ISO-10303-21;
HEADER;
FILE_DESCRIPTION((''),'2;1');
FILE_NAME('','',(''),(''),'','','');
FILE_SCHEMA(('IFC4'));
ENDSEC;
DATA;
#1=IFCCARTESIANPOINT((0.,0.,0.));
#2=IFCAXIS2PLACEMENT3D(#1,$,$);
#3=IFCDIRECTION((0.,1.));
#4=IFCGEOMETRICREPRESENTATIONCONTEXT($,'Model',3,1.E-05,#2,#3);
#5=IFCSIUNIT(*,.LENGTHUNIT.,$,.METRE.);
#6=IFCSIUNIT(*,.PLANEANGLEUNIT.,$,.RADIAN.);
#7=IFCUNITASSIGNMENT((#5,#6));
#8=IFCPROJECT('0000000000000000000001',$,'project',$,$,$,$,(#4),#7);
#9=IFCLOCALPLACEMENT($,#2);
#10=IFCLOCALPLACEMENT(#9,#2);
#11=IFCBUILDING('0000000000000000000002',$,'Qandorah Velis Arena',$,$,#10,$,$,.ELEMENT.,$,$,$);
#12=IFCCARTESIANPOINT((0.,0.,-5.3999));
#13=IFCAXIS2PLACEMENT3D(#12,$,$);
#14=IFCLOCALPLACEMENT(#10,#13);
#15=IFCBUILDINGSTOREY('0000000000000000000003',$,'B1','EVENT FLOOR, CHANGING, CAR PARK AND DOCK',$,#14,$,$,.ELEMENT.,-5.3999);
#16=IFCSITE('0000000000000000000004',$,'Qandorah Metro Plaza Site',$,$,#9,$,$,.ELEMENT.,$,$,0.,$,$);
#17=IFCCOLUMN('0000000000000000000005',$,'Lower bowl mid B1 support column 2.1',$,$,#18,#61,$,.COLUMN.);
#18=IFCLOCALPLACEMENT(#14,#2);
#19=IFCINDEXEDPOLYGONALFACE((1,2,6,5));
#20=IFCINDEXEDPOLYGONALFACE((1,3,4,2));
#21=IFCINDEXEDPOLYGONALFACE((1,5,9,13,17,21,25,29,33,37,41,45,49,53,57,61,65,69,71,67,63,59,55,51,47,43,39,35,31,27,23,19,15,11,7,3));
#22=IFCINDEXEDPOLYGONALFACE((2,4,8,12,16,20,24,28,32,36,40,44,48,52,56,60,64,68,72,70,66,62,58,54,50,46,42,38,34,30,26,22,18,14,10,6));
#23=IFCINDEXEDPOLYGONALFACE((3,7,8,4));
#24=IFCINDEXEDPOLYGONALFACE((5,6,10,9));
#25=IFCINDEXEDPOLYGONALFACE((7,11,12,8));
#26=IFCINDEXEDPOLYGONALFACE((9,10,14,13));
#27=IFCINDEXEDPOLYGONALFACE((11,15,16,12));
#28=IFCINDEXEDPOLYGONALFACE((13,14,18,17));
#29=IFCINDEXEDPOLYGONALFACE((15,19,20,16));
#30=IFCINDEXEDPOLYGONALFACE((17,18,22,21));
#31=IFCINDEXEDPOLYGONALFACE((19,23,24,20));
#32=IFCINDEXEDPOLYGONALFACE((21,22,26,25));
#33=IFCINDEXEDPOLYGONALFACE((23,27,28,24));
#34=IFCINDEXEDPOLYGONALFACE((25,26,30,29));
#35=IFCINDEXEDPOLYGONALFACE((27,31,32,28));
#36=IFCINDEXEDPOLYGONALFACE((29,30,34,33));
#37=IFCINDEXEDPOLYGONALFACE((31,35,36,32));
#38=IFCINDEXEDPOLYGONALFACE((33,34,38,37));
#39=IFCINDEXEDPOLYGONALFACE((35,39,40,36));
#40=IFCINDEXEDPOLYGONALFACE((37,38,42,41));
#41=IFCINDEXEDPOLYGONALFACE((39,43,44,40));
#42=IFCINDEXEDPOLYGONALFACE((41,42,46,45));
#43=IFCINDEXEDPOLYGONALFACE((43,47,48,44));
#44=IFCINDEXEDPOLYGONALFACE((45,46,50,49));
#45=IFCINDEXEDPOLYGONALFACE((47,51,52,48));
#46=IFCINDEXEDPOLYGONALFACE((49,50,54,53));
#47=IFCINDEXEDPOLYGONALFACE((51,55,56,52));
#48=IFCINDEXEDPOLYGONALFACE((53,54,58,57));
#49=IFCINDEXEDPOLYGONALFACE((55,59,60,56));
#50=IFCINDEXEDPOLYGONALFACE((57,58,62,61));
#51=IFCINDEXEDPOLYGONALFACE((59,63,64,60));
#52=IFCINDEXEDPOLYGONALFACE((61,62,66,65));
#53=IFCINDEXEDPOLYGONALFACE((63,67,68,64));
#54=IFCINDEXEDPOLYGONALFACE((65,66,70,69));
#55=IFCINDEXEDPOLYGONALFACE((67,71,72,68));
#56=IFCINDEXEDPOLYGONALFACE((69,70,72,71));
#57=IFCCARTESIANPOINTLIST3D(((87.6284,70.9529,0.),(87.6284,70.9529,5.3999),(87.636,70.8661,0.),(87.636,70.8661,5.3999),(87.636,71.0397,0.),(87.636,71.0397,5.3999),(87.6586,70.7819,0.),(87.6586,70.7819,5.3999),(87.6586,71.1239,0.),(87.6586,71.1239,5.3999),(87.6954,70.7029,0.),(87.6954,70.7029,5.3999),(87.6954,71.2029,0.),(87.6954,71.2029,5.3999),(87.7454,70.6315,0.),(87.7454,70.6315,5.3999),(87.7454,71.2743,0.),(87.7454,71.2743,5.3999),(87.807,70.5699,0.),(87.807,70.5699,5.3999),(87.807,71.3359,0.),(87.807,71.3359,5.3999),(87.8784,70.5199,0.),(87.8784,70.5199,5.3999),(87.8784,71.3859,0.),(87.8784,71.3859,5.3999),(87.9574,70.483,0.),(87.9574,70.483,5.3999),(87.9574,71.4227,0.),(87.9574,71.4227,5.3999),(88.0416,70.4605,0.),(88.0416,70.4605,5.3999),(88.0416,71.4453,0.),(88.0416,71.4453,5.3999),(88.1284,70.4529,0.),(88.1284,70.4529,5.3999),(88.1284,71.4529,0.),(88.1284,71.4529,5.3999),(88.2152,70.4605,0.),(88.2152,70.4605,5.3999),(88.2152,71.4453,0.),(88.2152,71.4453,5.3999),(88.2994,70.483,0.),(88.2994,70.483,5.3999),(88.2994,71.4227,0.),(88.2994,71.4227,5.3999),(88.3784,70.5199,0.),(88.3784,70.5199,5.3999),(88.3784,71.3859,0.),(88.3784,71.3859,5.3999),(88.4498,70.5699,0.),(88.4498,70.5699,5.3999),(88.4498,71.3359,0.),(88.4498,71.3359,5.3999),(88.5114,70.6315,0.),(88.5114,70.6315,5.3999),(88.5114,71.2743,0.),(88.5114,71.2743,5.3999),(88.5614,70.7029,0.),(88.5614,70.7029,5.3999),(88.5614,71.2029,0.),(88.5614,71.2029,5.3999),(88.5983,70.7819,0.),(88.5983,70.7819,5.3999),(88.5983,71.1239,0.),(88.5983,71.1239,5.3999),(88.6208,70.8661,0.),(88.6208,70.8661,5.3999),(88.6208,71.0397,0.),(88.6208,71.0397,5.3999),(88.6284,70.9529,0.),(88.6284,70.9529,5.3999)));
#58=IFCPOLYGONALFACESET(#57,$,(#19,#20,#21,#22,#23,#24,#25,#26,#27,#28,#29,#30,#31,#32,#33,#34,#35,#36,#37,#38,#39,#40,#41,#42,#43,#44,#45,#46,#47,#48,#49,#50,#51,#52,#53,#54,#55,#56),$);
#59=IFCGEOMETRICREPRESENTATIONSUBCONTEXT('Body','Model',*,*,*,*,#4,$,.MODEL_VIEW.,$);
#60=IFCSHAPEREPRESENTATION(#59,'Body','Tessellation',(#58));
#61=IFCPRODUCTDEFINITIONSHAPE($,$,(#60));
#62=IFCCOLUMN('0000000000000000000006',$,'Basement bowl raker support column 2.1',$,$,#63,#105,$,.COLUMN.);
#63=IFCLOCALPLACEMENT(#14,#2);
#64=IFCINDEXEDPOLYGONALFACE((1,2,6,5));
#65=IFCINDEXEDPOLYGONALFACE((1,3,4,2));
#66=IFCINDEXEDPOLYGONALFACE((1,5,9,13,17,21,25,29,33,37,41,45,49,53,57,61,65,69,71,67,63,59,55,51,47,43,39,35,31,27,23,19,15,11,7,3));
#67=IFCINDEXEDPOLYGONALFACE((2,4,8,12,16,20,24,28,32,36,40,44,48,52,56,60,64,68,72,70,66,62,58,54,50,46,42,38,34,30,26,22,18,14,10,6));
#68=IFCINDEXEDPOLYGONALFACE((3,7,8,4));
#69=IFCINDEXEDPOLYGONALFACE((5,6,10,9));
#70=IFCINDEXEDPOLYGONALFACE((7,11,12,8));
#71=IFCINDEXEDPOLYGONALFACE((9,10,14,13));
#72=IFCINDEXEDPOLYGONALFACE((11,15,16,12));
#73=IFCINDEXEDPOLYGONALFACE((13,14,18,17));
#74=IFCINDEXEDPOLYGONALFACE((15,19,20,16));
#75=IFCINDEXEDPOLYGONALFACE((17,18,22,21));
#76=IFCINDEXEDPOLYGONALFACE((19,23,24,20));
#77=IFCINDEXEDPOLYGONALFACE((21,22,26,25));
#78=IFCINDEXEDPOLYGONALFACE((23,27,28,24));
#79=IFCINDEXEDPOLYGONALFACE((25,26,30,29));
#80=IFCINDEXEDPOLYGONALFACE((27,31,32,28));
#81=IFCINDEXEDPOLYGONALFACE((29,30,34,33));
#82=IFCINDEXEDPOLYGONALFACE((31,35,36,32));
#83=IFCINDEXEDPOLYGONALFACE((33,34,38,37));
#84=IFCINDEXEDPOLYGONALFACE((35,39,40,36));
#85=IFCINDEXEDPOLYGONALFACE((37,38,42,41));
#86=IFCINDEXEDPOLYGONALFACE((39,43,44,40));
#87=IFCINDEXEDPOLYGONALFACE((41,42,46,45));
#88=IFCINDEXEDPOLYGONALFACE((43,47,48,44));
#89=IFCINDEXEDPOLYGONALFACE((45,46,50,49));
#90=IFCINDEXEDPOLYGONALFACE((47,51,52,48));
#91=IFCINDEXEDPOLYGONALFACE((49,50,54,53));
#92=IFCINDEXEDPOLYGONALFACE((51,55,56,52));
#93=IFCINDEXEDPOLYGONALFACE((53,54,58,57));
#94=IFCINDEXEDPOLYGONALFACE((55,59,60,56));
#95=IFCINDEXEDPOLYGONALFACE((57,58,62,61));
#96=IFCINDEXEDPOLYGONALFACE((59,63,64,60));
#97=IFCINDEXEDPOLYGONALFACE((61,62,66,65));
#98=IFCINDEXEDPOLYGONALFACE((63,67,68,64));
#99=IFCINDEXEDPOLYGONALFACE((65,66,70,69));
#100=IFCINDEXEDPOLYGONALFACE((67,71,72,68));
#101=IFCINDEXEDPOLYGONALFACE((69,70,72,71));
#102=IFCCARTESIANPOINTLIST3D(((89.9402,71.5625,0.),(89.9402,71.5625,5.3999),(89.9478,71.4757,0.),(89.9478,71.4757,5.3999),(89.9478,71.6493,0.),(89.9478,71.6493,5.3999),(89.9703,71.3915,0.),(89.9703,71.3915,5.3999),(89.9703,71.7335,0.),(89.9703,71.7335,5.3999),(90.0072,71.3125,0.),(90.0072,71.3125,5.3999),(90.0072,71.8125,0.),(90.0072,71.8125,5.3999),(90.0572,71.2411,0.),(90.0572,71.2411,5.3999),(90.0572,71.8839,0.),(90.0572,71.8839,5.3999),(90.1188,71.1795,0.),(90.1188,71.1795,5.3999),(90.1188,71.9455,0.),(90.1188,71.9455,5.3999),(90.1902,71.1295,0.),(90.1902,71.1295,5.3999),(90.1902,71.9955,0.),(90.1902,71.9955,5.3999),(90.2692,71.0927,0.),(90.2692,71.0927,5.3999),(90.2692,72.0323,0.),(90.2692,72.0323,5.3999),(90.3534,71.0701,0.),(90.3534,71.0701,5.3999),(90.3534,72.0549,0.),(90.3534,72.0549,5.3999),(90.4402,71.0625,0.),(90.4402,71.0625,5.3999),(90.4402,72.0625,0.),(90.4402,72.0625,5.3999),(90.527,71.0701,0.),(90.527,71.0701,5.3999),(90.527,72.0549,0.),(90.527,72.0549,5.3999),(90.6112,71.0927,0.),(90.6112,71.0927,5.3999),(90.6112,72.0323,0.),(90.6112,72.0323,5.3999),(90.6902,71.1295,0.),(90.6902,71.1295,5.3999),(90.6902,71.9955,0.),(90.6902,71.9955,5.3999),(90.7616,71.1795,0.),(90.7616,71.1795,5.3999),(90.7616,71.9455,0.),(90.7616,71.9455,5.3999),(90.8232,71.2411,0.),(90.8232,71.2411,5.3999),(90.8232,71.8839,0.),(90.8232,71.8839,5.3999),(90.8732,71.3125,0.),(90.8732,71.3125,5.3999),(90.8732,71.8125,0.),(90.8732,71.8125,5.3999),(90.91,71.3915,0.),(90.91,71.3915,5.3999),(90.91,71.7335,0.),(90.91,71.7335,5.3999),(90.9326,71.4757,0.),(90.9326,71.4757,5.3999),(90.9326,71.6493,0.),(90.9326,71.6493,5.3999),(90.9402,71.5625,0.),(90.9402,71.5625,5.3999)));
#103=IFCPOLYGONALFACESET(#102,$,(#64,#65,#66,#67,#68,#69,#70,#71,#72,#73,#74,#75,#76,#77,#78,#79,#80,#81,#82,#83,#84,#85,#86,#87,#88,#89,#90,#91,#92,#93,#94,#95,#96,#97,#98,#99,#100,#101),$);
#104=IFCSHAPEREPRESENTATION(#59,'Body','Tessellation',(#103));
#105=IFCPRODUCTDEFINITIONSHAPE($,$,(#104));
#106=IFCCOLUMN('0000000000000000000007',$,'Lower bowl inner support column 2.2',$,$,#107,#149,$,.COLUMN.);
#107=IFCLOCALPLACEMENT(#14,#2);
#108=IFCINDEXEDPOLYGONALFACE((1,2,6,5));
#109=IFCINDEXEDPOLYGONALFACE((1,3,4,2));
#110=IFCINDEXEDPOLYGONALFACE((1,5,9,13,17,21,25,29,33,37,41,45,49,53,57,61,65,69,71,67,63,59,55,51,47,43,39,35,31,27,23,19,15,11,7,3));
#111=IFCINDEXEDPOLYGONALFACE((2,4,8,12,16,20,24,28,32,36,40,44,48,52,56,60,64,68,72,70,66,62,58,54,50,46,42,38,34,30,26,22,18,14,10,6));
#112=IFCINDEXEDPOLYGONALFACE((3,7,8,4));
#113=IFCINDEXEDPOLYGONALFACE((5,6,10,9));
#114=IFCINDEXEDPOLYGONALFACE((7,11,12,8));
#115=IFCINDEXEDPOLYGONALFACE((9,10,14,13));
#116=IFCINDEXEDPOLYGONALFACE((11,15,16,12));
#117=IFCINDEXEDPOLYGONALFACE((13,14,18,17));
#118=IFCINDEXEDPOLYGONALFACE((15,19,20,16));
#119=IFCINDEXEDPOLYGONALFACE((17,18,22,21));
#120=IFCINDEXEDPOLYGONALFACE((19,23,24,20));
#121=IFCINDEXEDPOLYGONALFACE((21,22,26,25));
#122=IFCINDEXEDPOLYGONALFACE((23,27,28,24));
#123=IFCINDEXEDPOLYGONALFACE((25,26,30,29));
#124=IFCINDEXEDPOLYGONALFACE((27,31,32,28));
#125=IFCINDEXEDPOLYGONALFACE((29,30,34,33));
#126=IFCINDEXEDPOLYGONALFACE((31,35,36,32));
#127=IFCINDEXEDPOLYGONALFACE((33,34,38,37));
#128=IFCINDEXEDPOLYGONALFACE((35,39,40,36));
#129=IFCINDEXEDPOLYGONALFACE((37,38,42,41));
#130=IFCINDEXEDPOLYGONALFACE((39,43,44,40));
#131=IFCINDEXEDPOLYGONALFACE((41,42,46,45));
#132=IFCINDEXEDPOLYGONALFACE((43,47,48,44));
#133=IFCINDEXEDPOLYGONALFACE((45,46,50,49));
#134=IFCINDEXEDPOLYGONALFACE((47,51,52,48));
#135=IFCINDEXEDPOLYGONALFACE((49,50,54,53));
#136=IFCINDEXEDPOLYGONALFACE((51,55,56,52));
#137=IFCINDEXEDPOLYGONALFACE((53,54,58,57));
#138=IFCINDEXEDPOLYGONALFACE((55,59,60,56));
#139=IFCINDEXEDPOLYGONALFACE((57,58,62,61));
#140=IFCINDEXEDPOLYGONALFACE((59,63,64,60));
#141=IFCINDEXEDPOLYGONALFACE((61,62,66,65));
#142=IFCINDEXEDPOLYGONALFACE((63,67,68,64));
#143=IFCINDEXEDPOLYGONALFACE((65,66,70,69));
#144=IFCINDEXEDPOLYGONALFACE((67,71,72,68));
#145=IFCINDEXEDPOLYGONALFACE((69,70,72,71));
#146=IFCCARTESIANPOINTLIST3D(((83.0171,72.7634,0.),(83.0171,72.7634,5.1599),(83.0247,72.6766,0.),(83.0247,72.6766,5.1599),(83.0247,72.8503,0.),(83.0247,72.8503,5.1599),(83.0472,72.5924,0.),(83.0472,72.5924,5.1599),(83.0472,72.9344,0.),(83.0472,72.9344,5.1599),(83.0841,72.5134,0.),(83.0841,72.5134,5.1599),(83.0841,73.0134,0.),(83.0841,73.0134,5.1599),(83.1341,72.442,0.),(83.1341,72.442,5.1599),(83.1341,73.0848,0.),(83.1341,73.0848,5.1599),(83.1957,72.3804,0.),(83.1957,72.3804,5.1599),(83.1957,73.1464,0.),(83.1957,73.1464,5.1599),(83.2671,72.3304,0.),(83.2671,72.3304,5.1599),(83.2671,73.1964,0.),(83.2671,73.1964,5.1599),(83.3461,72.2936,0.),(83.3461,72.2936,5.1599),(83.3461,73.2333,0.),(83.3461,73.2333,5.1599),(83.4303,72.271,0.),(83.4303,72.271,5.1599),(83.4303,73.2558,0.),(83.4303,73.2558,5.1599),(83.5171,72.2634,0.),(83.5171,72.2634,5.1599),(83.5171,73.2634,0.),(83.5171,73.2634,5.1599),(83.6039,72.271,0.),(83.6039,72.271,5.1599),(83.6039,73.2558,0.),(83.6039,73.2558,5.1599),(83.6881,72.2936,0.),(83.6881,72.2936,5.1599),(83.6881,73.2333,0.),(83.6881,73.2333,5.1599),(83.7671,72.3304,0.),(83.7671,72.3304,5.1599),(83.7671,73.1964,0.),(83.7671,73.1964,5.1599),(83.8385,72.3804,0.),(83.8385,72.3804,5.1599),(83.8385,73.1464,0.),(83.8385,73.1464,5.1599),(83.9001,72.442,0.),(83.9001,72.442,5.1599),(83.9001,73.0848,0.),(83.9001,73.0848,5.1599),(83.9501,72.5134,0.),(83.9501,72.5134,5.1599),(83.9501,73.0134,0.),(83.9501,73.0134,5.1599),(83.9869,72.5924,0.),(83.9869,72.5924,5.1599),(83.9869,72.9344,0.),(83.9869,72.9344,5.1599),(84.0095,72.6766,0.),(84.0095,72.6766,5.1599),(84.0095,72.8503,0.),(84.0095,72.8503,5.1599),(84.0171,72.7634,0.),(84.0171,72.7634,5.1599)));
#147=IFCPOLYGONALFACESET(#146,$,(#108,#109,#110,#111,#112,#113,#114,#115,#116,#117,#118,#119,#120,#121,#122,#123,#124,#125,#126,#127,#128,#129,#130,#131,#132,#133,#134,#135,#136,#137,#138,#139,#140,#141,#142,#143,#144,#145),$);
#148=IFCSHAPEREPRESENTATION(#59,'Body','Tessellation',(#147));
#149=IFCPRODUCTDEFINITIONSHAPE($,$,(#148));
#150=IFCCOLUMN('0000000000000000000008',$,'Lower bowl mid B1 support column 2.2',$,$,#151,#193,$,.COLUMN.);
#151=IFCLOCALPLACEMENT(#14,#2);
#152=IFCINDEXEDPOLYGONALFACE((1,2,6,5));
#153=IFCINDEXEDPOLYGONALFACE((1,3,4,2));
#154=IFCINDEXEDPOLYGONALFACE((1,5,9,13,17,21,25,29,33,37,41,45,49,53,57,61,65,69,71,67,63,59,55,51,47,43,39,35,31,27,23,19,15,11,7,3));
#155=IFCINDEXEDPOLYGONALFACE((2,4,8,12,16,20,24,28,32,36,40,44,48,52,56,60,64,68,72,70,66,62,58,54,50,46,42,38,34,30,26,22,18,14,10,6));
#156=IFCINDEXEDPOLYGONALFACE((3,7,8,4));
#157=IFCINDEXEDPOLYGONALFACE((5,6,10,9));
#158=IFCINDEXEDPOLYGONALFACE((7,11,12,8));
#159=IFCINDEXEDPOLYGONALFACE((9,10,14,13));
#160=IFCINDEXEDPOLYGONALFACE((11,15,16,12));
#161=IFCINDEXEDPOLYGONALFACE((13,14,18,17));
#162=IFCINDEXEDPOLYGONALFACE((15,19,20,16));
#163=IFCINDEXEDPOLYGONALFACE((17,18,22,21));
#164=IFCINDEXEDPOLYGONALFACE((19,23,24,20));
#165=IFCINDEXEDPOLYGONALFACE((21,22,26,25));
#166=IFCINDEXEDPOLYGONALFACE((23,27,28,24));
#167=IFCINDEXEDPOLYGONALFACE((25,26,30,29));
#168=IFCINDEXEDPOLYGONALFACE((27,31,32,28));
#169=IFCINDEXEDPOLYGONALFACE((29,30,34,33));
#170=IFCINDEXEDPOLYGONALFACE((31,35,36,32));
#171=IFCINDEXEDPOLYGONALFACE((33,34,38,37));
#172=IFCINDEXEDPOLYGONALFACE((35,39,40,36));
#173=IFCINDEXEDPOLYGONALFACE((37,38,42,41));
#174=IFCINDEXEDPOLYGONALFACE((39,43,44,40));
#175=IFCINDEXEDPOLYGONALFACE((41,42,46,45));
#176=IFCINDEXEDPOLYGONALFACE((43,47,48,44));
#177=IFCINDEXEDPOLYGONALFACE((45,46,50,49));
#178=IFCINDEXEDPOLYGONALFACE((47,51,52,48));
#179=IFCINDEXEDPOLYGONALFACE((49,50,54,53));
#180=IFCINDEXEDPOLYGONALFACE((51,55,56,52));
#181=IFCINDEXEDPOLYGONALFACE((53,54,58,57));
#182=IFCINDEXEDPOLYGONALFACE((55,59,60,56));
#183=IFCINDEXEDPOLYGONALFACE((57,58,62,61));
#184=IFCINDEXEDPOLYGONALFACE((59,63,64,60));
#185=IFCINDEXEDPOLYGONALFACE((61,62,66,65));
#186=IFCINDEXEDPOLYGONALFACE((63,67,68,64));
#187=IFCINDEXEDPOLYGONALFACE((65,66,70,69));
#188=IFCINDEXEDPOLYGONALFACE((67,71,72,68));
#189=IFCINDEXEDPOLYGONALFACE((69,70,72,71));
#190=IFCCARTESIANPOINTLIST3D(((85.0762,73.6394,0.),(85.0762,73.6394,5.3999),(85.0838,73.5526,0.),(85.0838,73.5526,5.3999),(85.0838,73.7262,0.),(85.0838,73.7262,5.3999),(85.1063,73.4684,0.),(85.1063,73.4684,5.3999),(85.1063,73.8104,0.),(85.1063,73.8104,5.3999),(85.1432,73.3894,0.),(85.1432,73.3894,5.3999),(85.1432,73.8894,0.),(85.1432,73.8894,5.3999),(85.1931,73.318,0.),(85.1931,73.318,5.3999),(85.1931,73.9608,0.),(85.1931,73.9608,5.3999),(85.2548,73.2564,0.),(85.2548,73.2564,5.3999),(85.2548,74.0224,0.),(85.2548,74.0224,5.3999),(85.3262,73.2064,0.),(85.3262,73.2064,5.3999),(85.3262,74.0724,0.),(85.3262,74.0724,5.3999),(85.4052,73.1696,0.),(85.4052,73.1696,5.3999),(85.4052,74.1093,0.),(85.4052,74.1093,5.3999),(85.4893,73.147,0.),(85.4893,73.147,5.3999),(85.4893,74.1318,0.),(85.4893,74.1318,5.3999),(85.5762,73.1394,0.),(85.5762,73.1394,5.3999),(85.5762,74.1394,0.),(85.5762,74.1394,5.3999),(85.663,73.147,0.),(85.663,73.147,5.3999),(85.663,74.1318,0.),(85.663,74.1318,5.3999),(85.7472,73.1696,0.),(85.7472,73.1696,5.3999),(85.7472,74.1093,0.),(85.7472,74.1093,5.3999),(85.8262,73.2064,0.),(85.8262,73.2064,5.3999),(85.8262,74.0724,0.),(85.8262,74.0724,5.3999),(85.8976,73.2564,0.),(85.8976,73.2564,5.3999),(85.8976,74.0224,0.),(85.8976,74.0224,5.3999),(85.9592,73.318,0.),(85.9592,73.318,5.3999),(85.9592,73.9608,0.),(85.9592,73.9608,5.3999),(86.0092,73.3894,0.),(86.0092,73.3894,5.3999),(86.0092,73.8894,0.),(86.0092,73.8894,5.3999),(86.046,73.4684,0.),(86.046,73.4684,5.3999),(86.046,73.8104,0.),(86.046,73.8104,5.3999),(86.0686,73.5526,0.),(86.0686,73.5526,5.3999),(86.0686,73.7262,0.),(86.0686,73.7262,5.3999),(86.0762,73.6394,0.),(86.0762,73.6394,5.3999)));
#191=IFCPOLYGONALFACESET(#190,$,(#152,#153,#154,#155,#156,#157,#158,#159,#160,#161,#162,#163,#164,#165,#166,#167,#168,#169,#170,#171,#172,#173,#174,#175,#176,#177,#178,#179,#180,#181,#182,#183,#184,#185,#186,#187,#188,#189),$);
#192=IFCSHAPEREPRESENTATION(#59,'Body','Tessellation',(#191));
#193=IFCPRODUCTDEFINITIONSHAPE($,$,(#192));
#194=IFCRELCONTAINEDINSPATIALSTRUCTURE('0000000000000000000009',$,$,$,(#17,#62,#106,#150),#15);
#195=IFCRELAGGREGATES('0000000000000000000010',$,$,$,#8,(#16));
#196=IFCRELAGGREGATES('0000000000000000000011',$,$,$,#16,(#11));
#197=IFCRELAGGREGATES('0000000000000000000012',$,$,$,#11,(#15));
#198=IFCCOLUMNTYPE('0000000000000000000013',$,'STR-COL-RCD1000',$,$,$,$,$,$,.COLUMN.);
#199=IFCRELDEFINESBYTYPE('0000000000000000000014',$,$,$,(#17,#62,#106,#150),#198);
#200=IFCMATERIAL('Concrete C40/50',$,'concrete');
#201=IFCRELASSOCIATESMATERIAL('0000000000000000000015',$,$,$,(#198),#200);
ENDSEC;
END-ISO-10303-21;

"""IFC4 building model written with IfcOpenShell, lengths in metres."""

from ifc_helpers import new_model, si_unit, direction, frame, origin, origin_2d, place, context, subcontext, project, spatial, circle, extrude, material, material_profile, profile_set, type_object, element, save


model = new_model("IFC4")

# Units and contexts
model_context = context("Model", 3, precision=1e-05, world=origin(), true_north=direction((0.0, 1.0)))
body_context = subcontext(model_context, "Body", "Model", "MODEL_VIEW")
ifc_project = project(units=[si_unit("LENGTHUNIT", "METRE"), si_unit("PLANEANGLEUNIT", "RADIAN")], contexts=[model_context])

# Site, building, storey
site_placement = place(None, origin())
site = spatial("IfcSite", under=ifc_project, at=site_placement, Name="Qandorah Metro Plaza Site", CompositionType="ELEMENT", RefElevation=0.0)
building_placement = place(site_placement, origin())
building = spatial("IfcBuilding", under=site, at=building_placement, Name="Qandorah Velis Arena", CompositionType="ELEMENT")
storey_placement = place(building_placement, frame((0.0, 0.0, -5.3999)))
storey = spatial("IfcBuildingStorey", under=building, at=storey_placement, Name="B1", Description="EVENT FLOOR, CHANGING, CAR PARK AND DOCK", CompositionType="ELEMENT", Elevation=-5.3999)

# Shared definitions
ifc_material = material(Name="Concrete C40/50", Category="concrete")

# Columns
ifc_material_profile_1 = material_profile(ifc_material, circle(Radius=0.5, at=origin_2d()), Name="RC D1000")
ifc_profile_set_1 = profile_set([ifc_material_profile_1], Name="Concrete C40/50")
column_type_1 = type_object("IfcColumnType", Name="STR-COL-RCD1000", PredefinedType="COLUMN", material=ifc_profile_set_1)
for number, where, z_axis, x_axis, name in (
    (1, (88.1284, 70.9529, 0.0), (0.0, 0.0, 1.0), (1.0, 0.0, 0.0), "Lower bowl mid B1 support column 2.1"),
    (2, (90.4402, 71.5625, 0.0), (0.0, 0.0, 1.0), (1.0, 0.0, 0.0), "Basement bowl raker support column 2.1"),
):
    element("IfcColumn", number, at=place(storey_placement, frame(where, z_axis=z_axis, x_axis=x_axis)), inside=storey, type_object=column_type_1, Name=name, PredefinedType="COLUMN", context=body_context, shape_type="SweptSolid", body=[
        extrude(circle(Radius=0.5, at=origin_2d()), origin(), (0.0, 0.0, 1.0), 5.3999),
    ])
column_1_placement = place(storey_placement, frame((83.5171, 72.7634, 0.0), z_axis=(0.0, 0.0, 1.0), x_axis=(1.0, 0.0, 0.0)))
element("IfcColumn", 3, at=column_1_placement, inside=storey, type_object=column_type_1, Name="Lower bowl inner support column 2.2", PredefinedType="COLUMN", context=body_context, shape_type="SweptSolid", body=[
    extrude(circle(Radius=0.5, at=origin_2d()), origin(), (0.0, 0.0, 1.0), 5.1599),
])
for number, where, z_axis, x_axis, name in (
    (4, (85.5762, 73.6394, 0.0), (0.0, 0.0, 1.0), (1.0, 0.0, 0.0), "Lower bowl mid B1 support column 2.2"),
):
    element("IfcColumn", number, at=place(storey_placement, frame(where, z_axis=z_axis, x_axis=x_axis)), inside=storey, type_object=column_type_1, Name=name, PredefinedType="COLUMN", context=body_context, shape_type="SweptSolid", body=[
        extrude(circle(Radius=0.5, at=origin_2d()), origin(), (0.0, 0.0, 1.0), 5.3999),
    ])

save(model, "model.ifc")
